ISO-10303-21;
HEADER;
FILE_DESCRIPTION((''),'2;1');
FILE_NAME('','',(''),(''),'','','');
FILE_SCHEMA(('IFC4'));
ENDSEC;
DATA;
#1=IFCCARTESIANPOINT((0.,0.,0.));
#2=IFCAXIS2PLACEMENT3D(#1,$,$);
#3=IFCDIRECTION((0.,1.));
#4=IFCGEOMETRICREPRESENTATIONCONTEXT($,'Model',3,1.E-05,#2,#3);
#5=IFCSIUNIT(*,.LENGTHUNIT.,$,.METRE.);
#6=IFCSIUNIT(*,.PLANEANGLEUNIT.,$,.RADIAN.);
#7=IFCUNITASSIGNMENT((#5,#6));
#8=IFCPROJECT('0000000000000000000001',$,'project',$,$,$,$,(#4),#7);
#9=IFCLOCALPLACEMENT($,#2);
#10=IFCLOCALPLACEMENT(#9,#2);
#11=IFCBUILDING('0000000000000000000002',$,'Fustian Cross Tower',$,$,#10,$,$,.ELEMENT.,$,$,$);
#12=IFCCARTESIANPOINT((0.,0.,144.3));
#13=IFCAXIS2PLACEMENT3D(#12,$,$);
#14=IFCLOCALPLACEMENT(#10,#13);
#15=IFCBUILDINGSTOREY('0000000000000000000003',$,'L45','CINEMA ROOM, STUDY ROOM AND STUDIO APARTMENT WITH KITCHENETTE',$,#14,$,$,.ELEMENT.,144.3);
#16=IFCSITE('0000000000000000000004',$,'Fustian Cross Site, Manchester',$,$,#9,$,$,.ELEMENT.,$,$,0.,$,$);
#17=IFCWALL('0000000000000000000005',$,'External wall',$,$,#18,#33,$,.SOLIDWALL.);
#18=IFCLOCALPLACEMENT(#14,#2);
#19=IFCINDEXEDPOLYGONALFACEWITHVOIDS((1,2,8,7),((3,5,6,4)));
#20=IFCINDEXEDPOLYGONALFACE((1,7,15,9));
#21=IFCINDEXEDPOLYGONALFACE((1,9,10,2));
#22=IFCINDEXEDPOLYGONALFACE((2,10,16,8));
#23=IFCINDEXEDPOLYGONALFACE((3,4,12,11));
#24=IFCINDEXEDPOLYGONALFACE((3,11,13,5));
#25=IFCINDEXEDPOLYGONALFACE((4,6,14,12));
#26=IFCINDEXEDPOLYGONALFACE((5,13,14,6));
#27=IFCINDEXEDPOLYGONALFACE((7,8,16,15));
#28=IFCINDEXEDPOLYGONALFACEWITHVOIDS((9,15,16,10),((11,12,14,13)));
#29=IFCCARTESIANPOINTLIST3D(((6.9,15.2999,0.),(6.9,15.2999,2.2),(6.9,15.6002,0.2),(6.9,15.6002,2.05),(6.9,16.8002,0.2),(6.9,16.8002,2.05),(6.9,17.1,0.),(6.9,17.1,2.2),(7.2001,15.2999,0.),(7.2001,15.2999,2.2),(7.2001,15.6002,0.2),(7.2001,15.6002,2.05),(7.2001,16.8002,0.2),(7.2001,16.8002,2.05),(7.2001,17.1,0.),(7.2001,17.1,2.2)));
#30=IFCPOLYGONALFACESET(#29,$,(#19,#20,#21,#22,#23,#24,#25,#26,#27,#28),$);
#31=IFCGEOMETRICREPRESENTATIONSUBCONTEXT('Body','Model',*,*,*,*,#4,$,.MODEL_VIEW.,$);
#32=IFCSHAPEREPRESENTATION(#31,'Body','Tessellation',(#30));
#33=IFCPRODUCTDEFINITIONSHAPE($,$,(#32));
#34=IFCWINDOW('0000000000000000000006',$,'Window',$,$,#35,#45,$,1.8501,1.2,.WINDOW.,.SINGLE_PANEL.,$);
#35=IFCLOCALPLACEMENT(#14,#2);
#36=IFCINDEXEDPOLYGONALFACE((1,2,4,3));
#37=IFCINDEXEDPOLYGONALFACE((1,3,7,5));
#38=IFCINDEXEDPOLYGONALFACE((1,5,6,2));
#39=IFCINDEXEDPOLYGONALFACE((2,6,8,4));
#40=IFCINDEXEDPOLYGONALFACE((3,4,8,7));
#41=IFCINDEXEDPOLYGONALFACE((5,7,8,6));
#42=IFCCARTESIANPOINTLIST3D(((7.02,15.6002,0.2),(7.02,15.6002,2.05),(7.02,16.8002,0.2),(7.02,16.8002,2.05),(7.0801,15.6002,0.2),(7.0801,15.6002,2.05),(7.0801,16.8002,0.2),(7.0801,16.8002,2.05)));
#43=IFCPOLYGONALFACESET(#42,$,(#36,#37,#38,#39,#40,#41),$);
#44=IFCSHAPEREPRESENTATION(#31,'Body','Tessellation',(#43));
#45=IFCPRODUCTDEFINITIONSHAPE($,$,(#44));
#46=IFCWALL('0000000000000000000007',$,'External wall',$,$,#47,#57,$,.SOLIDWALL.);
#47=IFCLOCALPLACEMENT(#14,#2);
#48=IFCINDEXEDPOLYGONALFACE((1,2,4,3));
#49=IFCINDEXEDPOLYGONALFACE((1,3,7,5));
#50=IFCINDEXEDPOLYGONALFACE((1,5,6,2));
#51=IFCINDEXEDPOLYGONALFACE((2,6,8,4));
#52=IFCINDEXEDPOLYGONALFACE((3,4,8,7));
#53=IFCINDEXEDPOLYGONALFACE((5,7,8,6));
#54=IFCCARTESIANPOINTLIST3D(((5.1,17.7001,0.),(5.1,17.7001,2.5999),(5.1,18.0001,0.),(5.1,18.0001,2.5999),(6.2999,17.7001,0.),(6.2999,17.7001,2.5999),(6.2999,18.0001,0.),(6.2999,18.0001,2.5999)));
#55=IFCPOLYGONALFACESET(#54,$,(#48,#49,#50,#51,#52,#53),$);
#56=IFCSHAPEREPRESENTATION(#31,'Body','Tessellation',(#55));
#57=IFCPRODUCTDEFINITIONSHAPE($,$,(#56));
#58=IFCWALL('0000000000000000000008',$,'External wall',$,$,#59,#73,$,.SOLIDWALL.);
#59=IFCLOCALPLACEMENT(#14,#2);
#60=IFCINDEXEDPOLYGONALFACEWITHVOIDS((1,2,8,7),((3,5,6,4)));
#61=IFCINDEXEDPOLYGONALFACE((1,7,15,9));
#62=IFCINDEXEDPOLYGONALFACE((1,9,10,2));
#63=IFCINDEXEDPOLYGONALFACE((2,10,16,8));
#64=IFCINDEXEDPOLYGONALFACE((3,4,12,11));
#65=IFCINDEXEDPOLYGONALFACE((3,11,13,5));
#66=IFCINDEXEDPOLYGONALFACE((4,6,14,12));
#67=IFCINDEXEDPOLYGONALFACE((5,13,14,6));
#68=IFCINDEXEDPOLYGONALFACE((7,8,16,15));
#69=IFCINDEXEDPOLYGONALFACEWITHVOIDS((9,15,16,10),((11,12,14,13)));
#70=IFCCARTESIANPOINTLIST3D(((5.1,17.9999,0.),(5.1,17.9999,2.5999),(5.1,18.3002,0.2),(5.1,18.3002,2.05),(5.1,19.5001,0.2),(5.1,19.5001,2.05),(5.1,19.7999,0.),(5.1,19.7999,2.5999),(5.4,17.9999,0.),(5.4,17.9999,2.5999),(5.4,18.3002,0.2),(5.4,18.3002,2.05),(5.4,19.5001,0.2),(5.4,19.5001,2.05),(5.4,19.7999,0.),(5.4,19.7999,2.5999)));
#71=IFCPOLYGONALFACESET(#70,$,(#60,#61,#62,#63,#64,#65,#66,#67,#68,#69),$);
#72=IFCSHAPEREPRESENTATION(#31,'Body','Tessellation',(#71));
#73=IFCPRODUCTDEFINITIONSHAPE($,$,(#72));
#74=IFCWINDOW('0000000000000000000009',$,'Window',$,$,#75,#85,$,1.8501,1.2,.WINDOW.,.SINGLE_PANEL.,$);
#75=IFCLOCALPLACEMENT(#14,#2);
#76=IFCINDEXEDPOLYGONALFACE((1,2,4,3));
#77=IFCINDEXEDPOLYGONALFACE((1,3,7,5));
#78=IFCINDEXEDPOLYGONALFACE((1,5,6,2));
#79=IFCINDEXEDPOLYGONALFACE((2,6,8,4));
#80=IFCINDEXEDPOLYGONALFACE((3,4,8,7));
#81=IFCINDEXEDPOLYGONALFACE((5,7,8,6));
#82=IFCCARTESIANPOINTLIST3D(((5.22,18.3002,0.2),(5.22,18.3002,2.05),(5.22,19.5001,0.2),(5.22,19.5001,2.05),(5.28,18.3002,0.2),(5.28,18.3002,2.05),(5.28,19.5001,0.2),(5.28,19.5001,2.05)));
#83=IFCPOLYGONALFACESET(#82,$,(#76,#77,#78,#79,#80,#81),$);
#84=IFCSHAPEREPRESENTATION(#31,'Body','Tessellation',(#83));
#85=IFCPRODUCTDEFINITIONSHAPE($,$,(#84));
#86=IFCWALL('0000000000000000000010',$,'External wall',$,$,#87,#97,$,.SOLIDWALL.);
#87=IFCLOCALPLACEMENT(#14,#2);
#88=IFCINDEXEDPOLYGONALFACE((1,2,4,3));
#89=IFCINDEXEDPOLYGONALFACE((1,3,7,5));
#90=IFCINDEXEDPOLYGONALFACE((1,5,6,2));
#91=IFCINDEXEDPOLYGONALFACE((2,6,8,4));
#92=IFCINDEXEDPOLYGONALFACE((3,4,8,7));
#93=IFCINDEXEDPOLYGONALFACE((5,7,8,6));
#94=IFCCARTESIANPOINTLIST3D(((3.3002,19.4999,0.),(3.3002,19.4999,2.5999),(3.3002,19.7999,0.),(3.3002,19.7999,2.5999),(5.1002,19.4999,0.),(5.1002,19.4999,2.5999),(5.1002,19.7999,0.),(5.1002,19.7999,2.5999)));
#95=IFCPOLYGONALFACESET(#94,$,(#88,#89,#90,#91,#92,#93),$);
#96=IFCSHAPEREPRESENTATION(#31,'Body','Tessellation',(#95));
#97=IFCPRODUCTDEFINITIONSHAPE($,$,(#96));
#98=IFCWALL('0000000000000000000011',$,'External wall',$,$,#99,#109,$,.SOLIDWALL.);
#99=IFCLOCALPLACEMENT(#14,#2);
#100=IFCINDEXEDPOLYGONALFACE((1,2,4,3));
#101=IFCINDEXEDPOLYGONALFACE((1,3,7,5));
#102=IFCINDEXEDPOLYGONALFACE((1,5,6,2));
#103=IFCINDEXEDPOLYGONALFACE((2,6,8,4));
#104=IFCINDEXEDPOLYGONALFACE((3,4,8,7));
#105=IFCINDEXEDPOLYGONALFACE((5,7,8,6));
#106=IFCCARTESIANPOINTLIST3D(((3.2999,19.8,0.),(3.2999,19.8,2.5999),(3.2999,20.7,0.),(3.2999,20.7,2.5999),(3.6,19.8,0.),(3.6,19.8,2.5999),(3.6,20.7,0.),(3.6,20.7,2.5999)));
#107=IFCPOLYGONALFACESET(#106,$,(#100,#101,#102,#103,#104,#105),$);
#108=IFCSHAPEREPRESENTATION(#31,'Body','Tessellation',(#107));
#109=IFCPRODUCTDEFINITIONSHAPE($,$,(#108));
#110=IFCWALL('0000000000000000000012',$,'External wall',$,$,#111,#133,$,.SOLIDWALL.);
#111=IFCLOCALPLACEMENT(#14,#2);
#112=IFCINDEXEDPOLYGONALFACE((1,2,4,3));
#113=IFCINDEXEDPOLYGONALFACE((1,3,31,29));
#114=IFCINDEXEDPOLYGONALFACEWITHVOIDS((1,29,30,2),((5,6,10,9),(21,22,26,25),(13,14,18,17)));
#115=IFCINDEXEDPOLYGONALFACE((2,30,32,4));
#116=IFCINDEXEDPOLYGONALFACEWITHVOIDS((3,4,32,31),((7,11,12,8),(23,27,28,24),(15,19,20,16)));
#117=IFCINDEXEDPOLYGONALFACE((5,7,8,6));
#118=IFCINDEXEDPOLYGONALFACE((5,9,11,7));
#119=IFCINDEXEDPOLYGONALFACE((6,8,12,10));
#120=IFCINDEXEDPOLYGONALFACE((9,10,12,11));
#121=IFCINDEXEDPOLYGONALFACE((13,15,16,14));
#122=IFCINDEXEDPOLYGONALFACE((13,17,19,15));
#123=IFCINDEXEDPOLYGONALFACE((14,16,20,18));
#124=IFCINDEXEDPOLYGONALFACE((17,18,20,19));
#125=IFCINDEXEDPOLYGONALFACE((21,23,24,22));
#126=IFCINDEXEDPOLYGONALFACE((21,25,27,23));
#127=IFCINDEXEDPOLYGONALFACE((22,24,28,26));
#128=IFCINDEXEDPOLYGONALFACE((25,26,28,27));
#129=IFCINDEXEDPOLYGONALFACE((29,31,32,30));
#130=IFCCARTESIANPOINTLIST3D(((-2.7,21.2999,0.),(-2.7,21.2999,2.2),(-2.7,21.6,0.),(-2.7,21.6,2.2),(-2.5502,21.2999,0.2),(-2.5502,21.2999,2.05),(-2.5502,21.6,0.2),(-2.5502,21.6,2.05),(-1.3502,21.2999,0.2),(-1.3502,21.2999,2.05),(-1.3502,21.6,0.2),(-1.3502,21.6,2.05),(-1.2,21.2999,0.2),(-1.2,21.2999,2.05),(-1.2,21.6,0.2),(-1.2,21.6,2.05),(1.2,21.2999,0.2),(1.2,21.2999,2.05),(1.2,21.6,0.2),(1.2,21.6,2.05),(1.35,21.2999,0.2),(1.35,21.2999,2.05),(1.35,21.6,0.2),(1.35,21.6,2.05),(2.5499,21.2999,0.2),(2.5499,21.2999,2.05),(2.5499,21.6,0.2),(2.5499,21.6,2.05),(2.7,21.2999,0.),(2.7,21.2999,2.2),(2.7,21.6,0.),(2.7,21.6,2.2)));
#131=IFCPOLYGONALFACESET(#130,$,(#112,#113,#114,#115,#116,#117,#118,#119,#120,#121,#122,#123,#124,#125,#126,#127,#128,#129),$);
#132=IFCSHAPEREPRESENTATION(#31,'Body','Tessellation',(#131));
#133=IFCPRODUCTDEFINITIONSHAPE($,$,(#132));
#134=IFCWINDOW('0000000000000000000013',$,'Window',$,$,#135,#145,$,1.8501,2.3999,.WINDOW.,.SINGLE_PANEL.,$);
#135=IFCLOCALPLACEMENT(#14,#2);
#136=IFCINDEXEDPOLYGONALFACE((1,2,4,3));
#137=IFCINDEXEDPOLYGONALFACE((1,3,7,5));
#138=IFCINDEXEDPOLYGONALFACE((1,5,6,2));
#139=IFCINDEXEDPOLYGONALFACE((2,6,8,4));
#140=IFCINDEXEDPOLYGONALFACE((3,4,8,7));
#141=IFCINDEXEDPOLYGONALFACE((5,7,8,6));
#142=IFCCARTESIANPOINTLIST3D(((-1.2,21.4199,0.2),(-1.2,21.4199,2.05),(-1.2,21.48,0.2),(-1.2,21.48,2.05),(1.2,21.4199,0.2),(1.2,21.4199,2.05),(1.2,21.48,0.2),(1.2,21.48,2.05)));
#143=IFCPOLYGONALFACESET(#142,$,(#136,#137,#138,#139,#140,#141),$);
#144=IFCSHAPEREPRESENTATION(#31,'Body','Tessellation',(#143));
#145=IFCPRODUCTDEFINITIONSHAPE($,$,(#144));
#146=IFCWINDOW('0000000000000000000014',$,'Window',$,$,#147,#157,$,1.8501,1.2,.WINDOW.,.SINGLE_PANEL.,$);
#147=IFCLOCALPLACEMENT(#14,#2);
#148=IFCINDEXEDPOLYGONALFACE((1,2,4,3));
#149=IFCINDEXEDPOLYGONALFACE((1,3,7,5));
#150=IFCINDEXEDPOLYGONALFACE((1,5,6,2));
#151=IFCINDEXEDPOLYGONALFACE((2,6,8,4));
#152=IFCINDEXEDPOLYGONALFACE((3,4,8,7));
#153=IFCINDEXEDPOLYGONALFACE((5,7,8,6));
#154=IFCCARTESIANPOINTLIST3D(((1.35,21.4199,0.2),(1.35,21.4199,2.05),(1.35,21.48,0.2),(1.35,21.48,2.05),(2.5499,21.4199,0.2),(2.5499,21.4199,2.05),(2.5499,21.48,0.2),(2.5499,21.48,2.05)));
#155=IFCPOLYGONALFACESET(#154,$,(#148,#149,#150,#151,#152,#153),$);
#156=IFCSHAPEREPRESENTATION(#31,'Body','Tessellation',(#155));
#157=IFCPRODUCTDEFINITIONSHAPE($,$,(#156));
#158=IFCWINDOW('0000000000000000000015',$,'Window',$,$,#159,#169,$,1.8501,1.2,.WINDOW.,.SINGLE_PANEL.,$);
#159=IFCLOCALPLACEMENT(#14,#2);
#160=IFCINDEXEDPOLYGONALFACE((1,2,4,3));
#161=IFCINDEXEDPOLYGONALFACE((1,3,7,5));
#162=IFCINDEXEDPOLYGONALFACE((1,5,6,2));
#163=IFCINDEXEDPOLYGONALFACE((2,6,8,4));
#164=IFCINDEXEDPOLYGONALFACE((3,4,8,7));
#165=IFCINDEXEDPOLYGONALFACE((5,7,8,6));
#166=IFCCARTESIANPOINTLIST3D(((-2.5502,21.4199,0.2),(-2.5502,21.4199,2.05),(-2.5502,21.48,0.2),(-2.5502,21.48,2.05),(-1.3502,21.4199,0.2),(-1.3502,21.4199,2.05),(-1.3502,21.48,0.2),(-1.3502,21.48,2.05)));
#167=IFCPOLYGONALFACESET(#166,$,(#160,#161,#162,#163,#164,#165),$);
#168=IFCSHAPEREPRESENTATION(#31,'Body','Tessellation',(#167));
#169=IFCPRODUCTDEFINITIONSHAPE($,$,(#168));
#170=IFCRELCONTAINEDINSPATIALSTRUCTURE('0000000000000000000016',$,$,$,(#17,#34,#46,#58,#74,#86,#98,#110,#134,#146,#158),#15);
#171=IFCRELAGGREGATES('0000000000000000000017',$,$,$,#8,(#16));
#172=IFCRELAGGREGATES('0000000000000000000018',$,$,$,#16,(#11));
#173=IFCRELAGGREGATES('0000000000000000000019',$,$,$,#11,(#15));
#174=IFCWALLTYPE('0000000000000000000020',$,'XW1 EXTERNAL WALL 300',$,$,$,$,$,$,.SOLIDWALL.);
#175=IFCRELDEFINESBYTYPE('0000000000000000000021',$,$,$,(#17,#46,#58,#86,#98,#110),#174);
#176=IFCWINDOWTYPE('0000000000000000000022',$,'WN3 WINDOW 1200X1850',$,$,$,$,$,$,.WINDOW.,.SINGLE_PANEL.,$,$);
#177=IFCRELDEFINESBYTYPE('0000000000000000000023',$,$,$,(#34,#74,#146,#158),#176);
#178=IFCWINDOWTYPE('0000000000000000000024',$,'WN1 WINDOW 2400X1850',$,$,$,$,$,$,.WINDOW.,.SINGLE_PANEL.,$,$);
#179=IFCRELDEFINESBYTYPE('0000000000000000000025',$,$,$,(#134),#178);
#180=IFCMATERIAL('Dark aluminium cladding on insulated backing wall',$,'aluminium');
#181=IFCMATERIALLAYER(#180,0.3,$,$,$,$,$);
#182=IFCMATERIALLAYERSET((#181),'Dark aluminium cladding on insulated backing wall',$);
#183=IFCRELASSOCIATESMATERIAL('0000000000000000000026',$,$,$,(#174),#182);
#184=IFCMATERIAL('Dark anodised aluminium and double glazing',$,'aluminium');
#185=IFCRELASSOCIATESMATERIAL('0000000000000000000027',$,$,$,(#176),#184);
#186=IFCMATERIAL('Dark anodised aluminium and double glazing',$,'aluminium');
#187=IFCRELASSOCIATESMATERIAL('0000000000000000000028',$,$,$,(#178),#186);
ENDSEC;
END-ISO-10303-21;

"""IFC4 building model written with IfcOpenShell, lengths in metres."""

from ifc_helpers import new_model, si_unit, direction, frame, frame_2d, origin, place, context, subcontext, project, spatial, rectangle, extrude, material, layer, layer_set, type_object, element, fill, save


model = new_model("IFC4")

# Units and contexts
model_context = context("Model", 3, precision=1e-05, world=origin(), true_north=direction((0.0, 1.0)))
body_context = subcontext(model_context, "Body", "Model", "MODEL_VIEW")
ifc_project = project(units=[si_unit("LENGTHUNIT", "METRE"), si_unit("PLANEANGLEUNIT", "RADIAN")], contexts=[model_context])

# Site, building, storey
site_placement = place(None, origin())
site = spatial("IfcSite", under=ifc_project, at=site_placement, Name="Fustian Cross Site, Manchester", CompositionType="ELEMENT", RefElevation=0.0)
building_placement = place(site_placement, origin())
building = spatial("IfcBuilding", under=site, at=building_placement, Name="Fustian Cross Tower", CompositionType="ELEMENT")
storey_placement = place(building_placement, frame((0.0, 0.0, 144.3)))
storey = spatial("IfcBuildingStorey", under=building, at=storey_placement, Name="L45", Description="CINEMA ROOM, STUDY ROOM AND STUDIO APARTMENT WITH KITCHENETTE", CompositionType="ELEMENT", Elevation=144.3)

# Shared definitions
ifc_material_1 = material(Name="Dark aluminium cladding on insulated backing wall", Category="aluminium")
ifc_layer_1 = layer(ifc_material_1, 0.3)
ifc_layer_set_1 = layer_set([ifc_layer_1], Name="Dark aluminium cladding on insulated backing wall")
wall_type_1 = type_object("IfcWallType", Name="XW1 EXTERNAL WALL 300", PredefinedType="SOLIDWALL", material=ifc_layer_set_1)

# Wall, opening, window
wall_1_placement = place(storey_placement, frame((7.05, 15.3, 0.0), z_axis=(0.0, 0.0, 1.0), x_axis=(0.0, 1.0, 0.0)))
wall_1 = element("IfcWall", 1, at=wall_1_placement, inside=storey, type_object=wall_type_1, Name="External wall", PredefinedType="SOLIDWALL", context=body_context, shape_type="SweptSolid", body=[
    extrude(rectangle(XDim=1.8, YDim=0.3, at=frame_2d((0.8999, 0.0))), origin(), (0.0, 0.0, 1.0), 2.2),
])
opening_1_placement = place(wall_1_placement, frame((0.3, 0.0, 0.2)))
opening_1 = element("IfcOpeningElement", 2, at=opening_1_placement, cuts=wall_1, PredefinedType="OPENING", context=body_context, shape_type="SweptSolid", body=[
    extrude(rectangle(XDim=1.2, YDim=1.8501, at=frame_2d((0.6001, 0.925))), frame((0.0, 0.1599, 0.0), z_axis=(0.0, -1.0, 0.0), x_axis=(1.0, 0.0, 0.0)), (0.0, 0.0, 1.0), 0.3201),
])
ifc_material_2 = material(Name="Dark anodised aluminium and double glazing", Category="aluminium")
window_type_1 = type_object("IfcWindowType", Name="WN3 WINDOW 1200X1850", PartitioningType="SINGLE_PANEL", PredefinedType="WINDOW", material=ifc_material_2)
window_1_placement = place(opening_1_placement, origin())
window_1 = element("IfcWindow", 3, at=window_1_placement, inside=storey, type_object=window_type_1, Name="Window", OverallHeight=1.8501, OverallWidth=1.2, PartitioningType="SINGLE_PANEL", PredefinedType="WINDOW", context=body_context, shape_type="SweptSolid", body=[
    extrude(rectangle(XDim=1.2, YDim=1.8501, at=frame_2d((0.6001, 0.925))), frame((0.0, 0.03, 0.0), z_axis=(0.0, -1.0, 0.0), x_axis=(1.0, 0.0, 0.0)), (0.0, 0.0, 1.0), 0.0601),
])
fill(opening_1, window_1)

# Wall
wall_2_placement = place(storey_placement, frame((6.3, 17.8501, 0.0), z_axis=(0.0, 0.0, 1.0), x_axis=(-1.0, 0.0, 0.0)))
element("IfcWall", 4, at=wall_2_placement, inside=storey, type_object=wall_type_1, Name="External wall", PredefinedType="SOLIDWALL", context=body_context, shape_type="SweptSolid", body=[
    extrude(rectangle(XDim=1.2, YDim=0.3, at=frame_2d((0.6001, 0.0))), origin(), (0.0, 0.0, 1.0), 2.5999),
])

# Wall, opening, window
wall_3_placement = place(storey_placement, frame((5.25, 18.0, 0.0), z_axis=(0.0, 0.0, 1.0), x_axis=(0.0, 1.0, 0.0)))
wall_3 = element("IfcWall", 5, at=wall_3_placement, inside=storey, type_object=wall_type_1, Name="External wall", PredefinedType="SOLIDWALL", context=body_context, shape_type="SweptSolid", body=[
    extrude(rectangle(XDim=1.8, YDim=0.3, at=frame_2d((0.8999, 0.0))), origin(), (0.0, 0.0, 1.0), 2.5999),
])
opening_2_placement = place(wall_3_placement, frame((0.3, 0.0, 0.2)))
opening_2 = element("IfcOpeningElement", 6, at=opening_2_placement, cuts=wall_3, PredefinedType="OPENING", context=body_context, shape_type="SweptSolid", body=[
    extrude(rectangle(XDim=1.2, YDim=1.8501, at=frame_2d((0.6001, 0.925))), frame((0.0, 0.1599, 0.0), z_axis=(0.0, -1.0, 0.0), x_axis=(1.0, 0.0, 0.0)), (0.0, 0.0, 1.0), 0.3201),
])
window_2_placement = place(opening_2_placement, origin())
window_2 = element("IfcWindow", 7, at=window_2_placement, inside=storey, type_object=window_type_1, Name="Window", OverallHeight=1.8501, OverallWidth=1.2, PartitioningType="SINGLE_PANEL", PredefinedType="WINDOW", context=body_context, shape_type="SweptSolid", body=[
    extrude(rectangle(XDim=1.2, YDim=1.8501, at=frame_2d((0.6001, 0.925))), frame((0.0, 0.03, 0.0), z_axis=(0.0, -1.0, 0.0), x_axis=(1.0, 0.0, 0.0)), (0.0, 0.0, 1.0), 0.0601),
])
fill(opening_2, window_2)

# Walls
wall_4_placement = place(storey_placement, frame((5.1001, 19.6499, 0.0), z_axis=(0.0, 0.0, 1.0), x_axis=(-1.0, 0.0, 0.0)))
element("IfcWall", 8, at=wall_4_placement, inside=storey, type_object=wall_type_1, Name="External wall", PredefinedType="SOLIDWALL", context=body_context, shape_type="SweptSolid", body=[
    extrude(rectangle(XDim=1.8, YDim=0.3, at=frame_2d((0.8999, 0.0))), origin(), (0.0, 0.0, 1.0), 2.5999),
])
wall_5_placement = place(storey_placement, frame((3.45, 19.8, 0.0), z_axis=(0.0, 0.0, 1.0), x_axis=(0.0, 1.0, 0.0)))
element("IfcWall", 9, at=wall_5_placement, inside=storey, type_object=wall_type_1, Name="External wall", PredefinedType="SOLIDWALL", context=body_context, shape_type="SweptSolid", body=[
    extrude(rectangle(XDim=0.8999, YDim=0.3, at=frame_2d((0.45, 0.0))), origin(), (0.0, 0.0, 1.0), 2.5999),
])

# Wall, openings, windows
wall_6_placement = place(storey_placement, frame((2.7, 21.45, 0.0), z_axis=(0.0, 0.0, 1.0), x_axis=(-1.0, 0.0, 0.0)))
wall_6 = element("IfcWall", 10, at=wall_6_placement, inside=storey, type_object=wall_type_1, Name="External wall", PredefinedType="SOLIDWALL", context=body_context, shape_type="SweptSolid", body=[
    extrude(rectangle(XDim=5.3999, YDim=0.3, at=frame_2d((2.7, 0.0))), origin(), (0.0, 0.0, 1.0), 2.2),
])
opening_3_placement = place(wall_6_placement, frame((1.5, 0.0, 0.2)))
opening_3 = element("IfcOpeningElement", 11, at=opening_3_placement, cuts=wall_6, PredefinedType="OPENING", context=body_context, shape_type="SweptSolid", body=[
    extrude(rectangle(XDim=2.3999, YDim=1.8501, at=frame_2d((1.2, 0.925))), frame((0.0, 0.1599, 0.0), z_axis=(0.0, -1.0, 0.0), x_axis=(1.0, 0.0, 0.0)), (0.0, 0.0, 1.0), 0.3201),
])
opening_4_placement = place(wall_6_placement, frame((0.1499, 0.0, 0.2)))
opening_4 = element("IfcOpeningElement", 12, at=opening_4_placement, cuts=wall_6, PredefinedType="OPENING", context=body_context, shape_type="SweptSolid", body=[
    extrude(rectangle(XDim=1.2, YDim=1.8501, at=frame_2d((0.6001, 0.925))), frame((0.0, 0.1599, 0.0), z_axis=(0.0, -1.0, 0.0), x_axis=(1.0, 0.0, 0.0)), (0.0, 0.0, 1.0), 0.3201),
])
opening_5_placement = place(wall_6_placement, frame((4.05, 0.0, 0.2)))
opening_5 = element("IfcOpeningElement", 13, at=opening_5_placement, cuts=wall_6, PredefinedType="OPENING", context=body_context, shape_type="SweptSolid", body=[
    extrude(rectangle(XDim=1.2, YDim=1.8501, at=frame_2d((0.6001, 0.925))), frame((0.0, 0.1599, 0.0), z_axis=(0.0, -1.0, 0.0), x_axis=(1.0, 0.0, 0.0)), (0.0, 0.0, 1.0), 0.3201),
])
ifc_material_3 = material(Name="Dark anodised aluminium and double glazing", Category="aluminium")
window_type_2 = type_object("IfcWindowType", Name="WN1 WINDOW 2400X1850", PartitioningType="SINGLE_PANEL", PredefinedType="WINDOW", material=ifc_material_3)
window_3_placement = place(opening_3_placement, origin())
window_3 = element("IfcWindow", 14, at=window_3_placement, inside=storey, type_object=window_type_2, Name="Window", OverallHeight=1.8501, OverallWidth=2.3999, PartitioningType="SINGLE_PANEL", PredefinedType="WINDOW", context=body_context, shape_type="SweptSolid", body=[
    extrude(rectangle(XDim=2.3999, YDim=1.8501, at=frame_2d((1.2, 0.925))), frame((0.0, 0.03, 0.0), z_axis=(0.0, -1.0, 0.0), x_axis=(1.0, 0.0, 0.0)), (0.0, 0.0, 1.0), 0.0601),
])
fill(opening_3, window_3)
window_4_placement = place(opening_4_placement, origin())
window_4 = element("IfcWindow", 15, at=window_4_placement, inside=storey, type_object=window_type_1, Name="Window", OverallHeight=1.8501, OverallWidth=1.2, PartitioningType="SINGLE_PANEL", PredefinedType="WINDOW", context=body_context, shape_type="SweptSolid", body=[
    extrude(rectangle(XDim=1.2, YDim=1.8501, at=frame_2d((0.6001, 0.925))), frame((0.0, 0.03, 0.0), z_axis=(0.0, -1.0, 0.0), x_axis=(1.0, 0.0, 0.0)), (0.0, 0.0, 1.0), 0.0601),
])
fill(opening_4, window_4)
window_5_placement = place(opening_5_placement, origin())
window_5 = element("IfcWindow", 16, at=window_5_placement, inside=storey, type_object=window_type_1, Name="Window", OverallHeight=1.8501, OverallWidth=1.2, PartitioningType="SINGLE_PANEL", PredefinedType="WINDOW", context=body_context, shape_type="SweptSolid", body=[
    extrude(rectangle(XDim=1.2, YDim=1.8501, at=frame_2d((0.6001, 0.925))), frame((0.0, 0.03, 0.0), z_axis=(0.0, -1.0, 0.0), x_axis=(1.0, 0.0, 0.0)), (0.0, 0.0, 1.0), 0.0601),
])
fill(opening_5, window_5)

save(model, "model.ifc")
